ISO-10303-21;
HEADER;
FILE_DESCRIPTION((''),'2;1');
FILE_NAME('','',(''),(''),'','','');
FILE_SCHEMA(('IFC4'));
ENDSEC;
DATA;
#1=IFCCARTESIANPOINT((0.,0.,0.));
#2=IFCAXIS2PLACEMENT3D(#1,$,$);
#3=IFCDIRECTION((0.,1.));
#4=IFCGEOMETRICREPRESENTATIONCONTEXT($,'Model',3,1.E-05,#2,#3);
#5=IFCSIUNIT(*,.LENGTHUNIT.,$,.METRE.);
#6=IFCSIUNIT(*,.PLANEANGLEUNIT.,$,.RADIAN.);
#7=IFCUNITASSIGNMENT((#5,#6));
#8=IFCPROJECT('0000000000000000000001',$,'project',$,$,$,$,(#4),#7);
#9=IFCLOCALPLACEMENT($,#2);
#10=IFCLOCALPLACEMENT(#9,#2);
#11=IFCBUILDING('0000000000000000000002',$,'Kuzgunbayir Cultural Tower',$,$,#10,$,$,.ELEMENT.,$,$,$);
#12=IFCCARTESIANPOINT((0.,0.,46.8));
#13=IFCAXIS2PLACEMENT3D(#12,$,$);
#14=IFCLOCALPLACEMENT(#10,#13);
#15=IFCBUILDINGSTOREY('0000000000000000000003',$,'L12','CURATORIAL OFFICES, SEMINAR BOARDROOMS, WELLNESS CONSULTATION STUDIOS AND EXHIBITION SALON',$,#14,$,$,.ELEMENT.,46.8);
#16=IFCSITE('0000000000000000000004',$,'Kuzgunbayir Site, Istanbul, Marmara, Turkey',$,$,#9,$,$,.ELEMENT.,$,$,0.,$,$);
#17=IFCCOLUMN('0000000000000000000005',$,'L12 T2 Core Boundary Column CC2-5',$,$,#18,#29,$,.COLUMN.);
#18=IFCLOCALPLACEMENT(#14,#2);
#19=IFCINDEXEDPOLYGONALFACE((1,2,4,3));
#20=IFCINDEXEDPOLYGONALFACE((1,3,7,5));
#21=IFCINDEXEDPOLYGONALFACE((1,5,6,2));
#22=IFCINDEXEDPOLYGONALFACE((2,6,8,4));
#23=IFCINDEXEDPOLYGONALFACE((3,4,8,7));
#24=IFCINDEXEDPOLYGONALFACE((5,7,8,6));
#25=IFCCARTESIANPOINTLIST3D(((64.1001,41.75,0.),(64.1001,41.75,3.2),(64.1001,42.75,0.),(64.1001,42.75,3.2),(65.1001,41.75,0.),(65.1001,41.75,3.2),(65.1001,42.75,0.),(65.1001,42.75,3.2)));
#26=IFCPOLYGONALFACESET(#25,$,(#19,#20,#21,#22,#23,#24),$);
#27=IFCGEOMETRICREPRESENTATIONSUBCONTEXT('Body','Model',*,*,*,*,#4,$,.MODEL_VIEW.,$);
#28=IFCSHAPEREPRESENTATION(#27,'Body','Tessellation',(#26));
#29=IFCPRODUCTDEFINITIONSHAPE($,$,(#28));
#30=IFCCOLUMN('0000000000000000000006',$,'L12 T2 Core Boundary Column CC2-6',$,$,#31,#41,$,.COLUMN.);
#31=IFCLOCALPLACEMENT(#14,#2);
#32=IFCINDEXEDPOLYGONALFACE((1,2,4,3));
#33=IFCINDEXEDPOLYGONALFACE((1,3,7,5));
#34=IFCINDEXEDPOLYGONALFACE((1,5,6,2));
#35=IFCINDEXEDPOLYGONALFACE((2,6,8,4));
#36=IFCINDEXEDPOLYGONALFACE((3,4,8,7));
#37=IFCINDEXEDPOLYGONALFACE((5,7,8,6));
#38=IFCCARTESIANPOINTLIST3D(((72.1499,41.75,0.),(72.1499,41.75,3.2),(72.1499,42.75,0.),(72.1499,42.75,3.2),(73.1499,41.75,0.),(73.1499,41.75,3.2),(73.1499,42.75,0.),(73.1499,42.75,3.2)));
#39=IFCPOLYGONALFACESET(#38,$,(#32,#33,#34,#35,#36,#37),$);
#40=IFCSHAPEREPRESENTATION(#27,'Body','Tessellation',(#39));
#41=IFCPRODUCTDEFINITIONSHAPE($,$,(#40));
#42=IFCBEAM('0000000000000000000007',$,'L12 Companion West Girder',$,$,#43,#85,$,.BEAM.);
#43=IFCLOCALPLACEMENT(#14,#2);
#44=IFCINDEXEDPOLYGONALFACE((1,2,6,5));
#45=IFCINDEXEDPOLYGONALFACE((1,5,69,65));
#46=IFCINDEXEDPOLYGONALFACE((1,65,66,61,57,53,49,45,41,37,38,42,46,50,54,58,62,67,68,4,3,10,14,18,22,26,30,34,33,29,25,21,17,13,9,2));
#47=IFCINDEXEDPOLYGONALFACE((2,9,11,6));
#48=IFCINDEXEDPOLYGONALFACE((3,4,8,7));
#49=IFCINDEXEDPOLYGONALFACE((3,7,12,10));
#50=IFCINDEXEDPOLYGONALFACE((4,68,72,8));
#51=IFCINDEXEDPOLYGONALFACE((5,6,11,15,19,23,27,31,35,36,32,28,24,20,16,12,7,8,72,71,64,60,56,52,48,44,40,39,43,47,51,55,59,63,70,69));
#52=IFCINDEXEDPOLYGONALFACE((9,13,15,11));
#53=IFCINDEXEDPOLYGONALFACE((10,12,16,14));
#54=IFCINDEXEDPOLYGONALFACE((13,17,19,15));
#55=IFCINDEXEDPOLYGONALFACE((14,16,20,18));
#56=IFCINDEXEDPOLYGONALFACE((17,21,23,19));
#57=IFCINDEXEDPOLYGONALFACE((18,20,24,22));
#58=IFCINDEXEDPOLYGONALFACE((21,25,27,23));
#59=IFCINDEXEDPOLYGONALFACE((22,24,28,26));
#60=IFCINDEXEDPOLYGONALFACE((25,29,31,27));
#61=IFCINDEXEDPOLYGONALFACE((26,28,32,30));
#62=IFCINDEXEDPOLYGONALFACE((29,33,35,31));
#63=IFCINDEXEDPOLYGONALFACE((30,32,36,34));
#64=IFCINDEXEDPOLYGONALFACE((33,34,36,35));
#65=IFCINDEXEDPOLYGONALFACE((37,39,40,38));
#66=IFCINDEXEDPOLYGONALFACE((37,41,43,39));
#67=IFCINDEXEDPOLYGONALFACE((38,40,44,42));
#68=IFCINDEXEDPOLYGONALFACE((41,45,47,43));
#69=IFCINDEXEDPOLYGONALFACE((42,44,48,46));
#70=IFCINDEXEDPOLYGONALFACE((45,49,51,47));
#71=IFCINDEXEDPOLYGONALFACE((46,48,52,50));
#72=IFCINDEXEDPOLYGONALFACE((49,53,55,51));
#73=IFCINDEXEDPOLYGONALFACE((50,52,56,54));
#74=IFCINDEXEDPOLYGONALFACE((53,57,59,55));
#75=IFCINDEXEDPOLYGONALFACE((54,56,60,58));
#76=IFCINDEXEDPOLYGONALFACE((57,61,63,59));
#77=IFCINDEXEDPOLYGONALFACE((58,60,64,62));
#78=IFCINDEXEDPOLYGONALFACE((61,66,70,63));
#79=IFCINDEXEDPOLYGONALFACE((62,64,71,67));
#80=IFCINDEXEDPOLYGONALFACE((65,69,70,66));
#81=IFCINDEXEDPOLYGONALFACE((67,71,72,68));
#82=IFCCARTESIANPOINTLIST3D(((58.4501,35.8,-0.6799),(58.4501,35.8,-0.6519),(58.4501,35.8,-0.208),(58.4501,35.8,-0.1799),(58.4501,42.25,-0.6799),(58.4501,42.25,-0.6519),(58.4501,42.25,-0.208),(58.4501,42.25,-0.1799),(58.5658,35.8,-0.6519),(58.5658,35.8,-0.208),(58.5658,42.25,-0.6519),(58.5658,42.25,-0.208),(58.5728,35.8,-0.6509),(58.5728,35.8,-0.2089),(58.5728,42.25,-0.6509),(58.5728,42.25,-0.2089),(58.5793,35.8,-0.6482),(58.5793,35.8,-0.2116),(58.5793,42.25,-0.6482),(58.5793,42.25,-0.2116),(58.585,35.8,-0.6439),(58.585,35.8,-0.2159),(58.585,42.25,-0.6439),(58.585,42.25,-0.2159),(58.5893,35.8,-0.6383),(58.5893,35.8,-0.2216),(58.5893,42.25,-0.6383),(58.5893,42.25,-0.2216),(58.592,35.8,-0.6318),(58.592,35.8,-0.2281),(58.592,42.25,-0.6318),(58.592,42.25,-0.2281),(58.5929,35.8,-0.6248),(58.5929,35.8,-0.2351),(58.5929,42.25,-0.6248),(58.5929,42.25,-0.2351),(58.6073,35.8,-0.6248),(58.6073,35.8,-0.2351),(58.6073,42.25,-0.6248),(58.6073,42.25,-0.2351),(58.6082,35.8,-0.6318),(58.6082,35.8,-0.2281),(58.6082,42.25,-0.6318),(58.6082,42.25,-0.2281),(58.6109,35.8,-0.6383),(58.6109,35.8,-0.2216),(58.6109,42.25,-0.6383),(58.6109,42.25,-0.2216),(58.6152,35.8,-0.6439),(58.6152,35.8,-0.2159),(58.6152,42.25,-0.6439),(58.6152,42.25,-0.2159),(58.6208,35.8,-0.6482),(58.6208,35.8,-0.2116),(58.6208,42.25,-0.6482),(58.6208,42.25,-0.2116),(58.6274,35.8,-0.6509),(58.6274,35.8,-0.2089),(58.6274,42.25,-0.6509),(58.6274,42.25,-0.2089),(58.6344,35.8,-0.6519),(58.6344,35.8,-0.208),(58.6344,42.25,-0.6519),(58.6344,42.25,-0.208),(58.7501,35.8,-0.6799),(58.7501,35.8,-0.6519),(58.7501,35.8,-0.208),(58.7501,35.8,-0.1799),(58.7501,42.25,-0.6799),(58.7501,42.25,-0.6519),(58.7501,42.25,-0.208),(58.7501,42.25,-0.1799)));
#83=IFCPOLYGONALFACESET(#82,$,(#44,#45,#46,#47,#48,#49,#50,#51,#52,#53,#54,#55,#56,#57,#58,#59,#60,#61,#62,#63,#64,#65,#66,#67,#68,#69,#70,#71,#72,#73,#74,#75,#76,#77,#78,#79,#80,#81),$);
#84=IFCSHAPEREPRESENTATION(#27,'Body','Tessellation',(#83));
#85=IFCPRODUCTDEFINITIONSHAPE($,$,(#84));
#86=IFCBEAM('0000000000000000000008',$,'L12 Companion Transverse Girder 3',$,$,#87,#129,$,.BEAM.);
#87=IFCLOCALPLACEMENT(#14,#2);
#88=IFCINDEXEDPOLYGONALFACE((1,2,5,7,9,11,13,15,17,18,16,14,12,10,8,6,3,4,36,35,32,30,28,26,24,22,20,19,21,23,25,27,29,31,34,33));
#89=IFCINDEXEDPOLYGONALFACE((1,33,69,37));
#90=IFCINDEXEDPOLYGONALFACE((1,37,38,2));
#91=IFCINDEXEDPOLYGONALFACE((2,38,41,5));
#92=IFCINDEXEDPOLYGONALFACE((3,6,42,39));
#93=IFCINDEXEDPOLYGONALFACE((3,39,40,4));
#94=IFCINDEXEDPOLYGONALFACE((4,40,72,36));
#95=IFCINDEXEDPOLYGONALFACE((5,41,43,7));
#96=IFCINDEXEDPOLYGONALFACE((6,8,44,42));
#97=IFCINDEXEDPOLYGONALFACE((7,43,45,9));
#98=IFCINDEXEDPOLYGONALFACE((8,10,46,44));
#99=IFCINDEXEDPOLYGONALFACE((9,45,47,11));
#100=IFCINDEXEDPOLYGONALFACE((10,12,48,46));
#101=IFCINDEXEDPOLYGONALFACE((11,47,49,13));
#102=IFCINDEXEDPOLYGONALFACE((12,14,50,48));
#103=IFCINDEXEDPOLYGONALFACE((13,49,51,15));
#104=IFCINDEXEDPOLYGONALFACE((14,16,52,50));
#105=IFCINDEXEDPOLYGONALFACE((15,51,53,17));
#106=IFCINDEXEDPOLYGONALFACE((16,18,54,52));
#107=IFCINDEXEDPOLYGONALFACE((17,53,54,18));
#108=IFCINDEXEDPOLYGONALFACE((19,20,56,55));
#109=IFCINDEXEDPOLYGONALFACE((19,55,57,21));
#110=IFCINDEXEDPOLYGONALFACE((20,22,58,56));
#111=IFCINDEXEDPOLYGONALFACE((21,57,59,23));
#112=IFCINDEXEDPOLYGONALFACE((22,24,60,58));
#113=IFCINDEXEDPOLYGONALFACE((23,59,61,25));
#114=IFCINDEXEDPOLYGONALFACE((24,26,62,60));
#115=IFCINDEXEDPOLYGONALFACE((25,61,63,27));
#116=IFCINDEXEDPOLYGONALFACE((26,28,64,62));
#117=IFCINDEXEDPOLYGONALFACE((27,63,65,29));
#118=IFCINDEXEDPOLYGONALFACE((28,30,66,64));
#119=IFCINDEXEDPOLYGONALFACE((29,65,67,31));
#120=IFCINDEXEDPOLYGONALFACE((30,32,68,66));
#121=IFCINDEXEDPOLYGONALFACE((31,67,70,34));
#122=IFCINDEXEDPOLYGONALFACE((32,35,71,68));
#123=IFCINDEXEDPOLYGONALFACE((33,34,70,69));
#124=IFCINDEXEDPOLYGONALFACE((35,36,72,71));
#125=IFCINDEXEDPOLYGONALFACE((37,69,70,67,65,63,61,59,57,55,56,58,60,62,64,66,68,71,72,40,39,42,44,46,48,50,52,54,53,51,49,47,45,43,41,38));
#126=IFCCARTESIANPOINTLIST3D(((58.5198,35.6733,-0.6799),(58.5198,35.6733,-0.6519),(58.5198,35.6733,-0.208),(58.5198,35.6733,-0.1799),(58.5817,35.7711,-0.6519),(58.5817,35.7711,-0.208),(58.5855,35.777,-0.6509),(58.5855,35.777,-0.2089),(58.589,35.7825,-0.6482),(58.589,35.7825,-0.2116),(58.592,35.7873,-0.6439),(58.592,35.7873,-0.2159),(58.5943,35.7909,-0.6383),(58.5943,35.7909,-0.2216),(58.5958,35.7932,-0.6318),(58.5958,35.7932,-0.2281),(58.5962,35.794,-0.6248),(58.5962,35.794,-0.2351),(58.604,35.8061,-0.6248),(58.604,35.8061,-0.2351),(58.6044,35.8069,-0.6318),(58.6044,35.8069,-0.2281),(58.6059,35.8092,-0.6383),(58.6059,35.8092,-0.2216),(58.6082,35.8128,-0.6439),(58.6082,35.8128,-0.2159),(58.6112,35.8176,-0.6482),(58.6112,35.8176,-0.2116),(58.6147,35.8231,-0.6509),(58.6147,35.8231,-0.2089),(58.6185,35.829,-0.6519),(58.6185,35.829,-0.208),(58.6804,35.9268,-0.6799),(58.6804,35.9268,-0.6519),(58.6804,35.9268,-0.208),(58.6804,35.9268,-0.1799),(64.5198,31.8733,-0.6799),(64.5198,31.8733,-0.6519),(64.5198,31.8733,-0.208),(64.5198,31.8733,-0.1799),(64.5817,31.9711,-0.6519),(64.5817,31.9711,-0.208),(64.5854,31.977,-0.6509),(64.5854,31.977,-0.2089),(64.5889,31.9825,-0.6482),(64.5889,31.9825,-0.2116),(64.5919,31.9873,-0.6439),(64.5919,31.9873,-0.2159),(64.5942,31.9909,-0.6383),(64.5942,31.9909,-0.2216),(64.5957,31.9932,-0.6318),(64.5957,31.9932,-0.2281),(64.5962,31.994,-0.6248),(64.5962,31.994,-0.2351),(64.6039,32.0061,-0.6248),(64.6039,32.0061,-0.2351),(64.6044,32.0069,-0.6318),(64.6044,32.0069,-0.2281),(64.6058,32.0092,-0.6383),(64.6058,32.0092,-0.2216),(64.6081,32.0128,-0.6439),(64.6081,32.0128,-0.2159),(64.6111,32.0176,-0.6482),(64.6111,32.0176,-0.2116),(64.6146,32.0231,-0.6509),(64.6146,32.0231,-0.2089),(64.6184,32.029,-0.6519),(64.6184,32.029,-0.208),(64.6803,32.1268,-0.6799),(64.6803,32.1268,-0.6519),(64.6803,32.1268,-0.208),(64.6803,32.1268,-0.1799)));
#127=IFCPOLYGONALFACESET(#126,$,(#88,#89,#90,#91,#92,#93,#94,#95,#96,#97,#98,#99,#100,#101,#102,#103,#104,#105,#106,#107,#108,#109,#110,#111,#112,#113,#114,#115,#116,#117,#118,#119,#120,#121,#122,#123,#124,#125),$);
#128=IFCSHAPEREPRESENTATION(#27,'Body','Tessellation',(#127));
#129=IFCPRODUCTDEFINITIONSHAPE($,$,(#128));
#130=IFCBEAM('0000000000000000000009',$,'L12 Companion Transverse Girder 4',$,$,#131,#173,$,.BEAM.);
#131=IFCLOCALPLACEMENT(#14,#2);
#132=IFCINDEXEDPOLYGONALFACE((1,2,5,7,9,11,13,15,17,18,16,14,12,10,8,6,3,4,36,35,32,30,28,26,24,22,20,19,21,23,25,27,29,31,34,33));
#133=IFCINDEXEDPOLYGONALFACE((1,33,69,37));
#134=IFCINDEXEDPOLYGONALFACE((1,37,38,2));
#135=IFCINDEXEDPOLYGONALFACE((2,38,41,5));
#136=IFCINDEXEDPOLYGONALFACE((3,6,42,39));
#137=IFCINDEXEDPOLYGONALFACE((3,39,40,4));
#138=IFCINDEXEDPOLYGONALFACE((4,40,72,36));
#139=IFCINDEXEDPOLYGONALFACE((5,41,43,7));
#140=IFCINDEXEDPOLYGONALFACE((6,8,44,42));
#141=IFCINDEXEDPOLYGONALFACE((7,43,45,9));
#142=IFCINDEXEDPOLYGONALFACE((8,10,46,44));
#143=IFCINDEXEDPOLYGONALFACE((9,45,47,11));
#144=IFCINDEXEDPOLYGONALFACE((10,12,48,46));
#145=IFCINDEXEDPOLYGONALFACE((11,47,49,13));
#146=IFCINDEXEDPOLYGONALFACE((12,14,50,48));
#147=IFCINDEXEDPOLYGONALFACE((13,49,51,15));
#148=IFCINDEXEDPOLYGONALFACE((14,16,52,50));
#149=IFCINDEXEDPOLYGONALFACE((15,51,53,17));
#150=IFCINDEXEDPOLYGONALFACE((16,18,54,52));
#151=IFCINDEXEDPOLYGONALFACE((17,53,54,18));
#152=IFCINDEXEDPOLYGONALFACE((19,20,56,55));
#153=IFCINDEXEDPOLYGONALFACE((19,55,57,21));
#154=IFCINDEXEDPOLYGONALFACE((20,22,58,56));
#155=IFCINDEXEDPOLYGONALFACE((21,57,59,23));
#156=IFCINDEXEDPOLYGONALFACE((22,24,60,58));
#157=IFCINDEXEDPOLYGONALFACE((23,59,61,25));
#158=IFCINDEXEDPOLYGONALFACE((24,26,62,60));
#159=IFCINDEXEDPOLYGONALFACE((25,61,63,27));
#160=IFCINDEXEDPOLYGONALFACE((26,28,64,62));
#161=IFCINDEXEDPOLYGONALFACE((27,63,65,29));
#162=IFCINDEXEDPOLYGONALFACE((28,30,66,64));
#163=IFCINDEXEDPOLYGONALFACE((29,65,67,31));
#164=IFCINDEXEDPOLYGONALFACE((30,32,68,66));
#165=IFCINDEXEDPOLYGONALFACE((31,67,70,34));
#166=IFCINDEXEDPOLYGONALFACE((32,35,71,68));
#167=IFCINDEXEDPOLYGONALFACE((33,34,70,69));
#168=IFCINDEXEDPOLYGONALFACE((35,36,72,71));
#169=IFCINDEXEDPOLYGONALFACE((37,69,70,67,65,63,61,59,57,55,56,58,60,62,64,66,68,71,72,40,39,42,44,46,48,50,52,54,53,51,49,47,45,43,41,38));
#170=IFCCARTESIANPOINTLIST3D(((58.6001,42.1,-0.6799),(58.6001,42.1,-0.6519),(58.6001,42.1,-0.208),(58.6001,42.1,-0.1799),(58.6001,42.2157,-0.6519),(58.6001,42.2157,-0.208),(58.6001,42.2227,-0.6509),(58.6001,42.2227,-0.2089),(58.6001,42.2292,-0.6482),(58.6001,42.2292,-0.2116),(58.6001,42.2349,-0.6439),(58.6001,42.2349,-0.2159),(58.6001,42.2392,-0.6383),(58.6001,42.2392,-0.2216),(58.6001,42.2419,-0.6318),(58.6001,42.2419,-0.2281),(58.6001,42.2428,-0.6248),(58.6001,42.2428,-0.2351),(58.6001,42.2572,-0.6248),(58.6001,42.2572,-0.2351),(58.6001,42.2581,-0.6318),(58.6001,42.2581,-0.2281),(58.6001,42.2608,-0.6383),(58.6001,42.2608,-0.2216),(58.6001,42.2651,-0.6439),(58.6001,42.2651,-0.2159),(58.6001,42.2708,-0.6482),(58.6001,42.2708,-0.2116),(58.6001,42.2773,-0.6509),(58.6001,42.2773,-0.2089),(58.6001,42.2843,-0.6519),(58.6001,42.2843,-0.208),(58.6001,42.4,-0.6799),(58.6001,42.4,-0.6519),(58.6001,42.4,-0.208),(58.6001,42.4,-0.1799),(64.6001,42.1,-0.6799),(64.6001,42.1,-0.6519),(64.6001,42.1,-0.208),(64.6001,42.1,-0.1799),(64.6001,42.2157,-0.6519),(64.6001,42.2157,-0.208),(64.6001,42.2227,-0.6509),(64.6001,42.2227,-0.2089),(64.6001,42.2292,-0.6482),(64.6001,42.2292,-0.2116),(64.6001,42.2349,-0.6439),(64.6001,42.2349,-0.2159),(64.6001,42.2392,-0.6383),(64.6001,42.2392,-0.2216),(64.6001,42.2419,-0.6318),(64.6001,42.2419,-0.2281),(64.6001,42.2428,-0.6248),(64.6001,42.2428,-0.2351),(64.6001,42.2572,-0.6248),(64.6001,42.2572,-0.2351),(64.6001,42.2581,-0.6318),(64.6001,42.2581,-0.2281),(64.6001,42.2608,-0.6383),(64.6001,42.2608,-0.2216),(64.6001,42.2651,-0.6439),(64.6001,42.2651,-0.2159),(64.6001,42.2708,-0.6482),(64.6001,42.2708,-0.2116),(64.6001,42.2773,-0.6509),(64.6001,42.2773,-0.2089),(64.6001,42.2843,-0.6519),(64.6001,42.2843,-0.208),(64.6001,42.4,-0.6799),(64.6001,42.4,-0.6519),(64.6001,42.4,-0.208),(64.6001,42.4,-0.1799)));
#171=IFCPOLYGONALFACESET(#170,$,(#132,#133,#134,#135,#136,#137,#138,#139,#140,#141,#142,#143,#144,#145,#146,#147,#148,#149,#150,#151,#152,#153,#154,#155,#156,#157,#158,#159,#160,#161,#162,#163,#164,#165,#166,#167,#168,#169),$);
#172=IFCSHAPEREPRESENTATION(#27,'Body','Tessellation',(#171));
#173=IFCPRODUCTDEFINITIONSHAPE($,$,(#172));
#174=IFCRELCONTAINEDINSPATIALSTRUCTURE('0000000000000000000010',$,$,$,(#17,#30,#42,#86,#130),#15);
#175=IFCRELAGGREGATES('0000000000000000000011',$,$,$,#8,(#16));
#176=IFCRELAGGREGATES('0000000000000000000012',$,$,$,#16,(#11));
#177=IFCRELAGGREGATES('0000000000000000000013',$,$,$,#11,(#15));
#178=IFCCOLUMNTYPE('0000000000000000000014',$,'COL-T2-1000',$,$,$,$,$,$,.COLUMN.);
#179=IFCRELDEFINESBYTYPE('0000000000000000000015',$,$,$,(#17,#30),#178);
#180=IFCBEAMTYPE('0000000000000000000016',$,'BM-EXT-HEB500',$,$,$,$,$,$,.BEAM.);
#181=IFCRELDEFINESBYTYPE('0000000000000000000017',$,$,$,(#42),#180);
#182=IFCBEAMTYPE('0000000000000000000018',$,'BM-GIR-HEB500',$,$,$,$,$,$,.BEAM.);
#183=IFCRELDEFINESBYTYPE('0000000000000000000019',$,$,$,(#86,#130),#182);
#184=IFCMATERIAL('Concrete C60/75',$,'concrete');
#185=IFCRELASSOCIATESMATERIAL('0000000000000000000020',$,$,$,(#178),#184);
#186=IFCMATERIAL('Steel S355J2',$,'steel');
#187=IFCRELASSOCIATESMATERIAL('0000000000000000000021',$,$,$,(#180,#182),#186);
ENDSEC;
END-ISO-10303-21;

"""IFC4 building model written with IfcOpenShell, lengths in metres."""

from ifc_helpers import new_model, si_unit, direction, frame, origin, origin_2d, place, context, subcontext, project, spatial, rectangle, i_section, extrude, material, material_profile, profile_set, type_object, element, save


model = new_model("IFC4")

# Units and contexts
model_context = context("Model", 3, precision=1e-05, world=origin(), true_north=direction((0.0, 1.0)))
body_context = subcontext(model_context, "Body", "Model", "MODEL_VIEW")
ifc_project = project(units=[si_unit("LENGTHUNIT", "METRE"), si_unit("PLANEANGLEUNIT", "RADIAN")], contexts=[model_context])

# Site, building, storey
site_placement = place(None, origin())
site = spatial("IfcSite", under=ifc_project, at=site_placement, Name="Kuzgunbayir Site, Istanbul, Marmara, Turkey", CompositionType="ELEMENT", RefElevation=0.0)
building_placement = place(site_placement, origin())
building = spatial("IfcBuilding", under=site, at=building_placement, Name="Kuzgunbayir Cultural Tower", CompositionType="ELEMENT")
storey_placement = place(building_placement, frame((0.0, 0.0, 46.8)))
storey = spatial("IfcBuildingStorey", under=building, at=storey_placement, Name="L12", Description="CURATORIAL OFFICES, SEMINAR BOARDROOMS, WELLNESS CONSULTATION STUDIOS AND EXHIBITION SALON", CompositionType="ELEMENT", Elevation=46.8)

# Columns
ifc_material_1 = material(Name="Concrete C60/75", Category="concrete")
ifc_material_profile_1 = material_profile(ifc_material_1, rectangle(XDim=1.0, YDim=1.0, at=origin_2d()), Name="RC 1000x1000")
ifc_profile_set_1 = profile_set([ifc_material_profile_1], Name="Concrete C60/75")
column_type = type_object("IfcColumnType", Name="COL-T2-1000", PredefinedType="COLUMN", material=ifc_profile_set_1)
for number, where, z_axis, x_axis, name in (
    (1, (64.6001, 42.25, 0.0), (0.0, 0.0, 1.0), (1.0, 0.0, 0.0), "L12 T2 Core Boundary Column CC2-5"),
    (2, (72.6499, 42.25, 0.0), (0.0, 0.0, 1.0), (1.0, 0.0, 0.0), "L12 T2 Core Boundary Column CC2-6"),
):
    element("IfcColumn", number, at=place(storey_placement, frame(where, z_axis=z_axis, x_axis=x_axis)), inside=storey, type_object=column_type, Name=name, PredefinedType="COLUMN", context=body_context, shape_type="SweptSolid", body=[
        extrude(rectangle(XDim=1.0, YDim=1.0, at=origin_2d()), origin(), (0.0, 0.0, 1.0), 3.2),
    ])

# Beams
ifc_material_2 = material(Name="Steel S355J2", Category="steel")
ifc_material_profile_2 = material_profile(ifc_material_2, i_section(OverallWidth=0.3, OverallDepth=0.5, WebThickness=0.0144, FlangeThickness=0.0281, FilletRadius=0.0271, at=origin_2d()), Name="HEB 500")
ifc_profile_set_2 = profile_set([ifc_material_profile_2], Name="Steel S355J2")
beam_type_1 = type_object("IfcBeamType", Name="BM-EXT-HEB500", PredefinedType="BEAM", material=ifc_profile_set_2)
beam_1_placement = place(storey_placement, frame((58.6001, 35.8, -0.4299), z_axis=(0.0, 1.0, 0.0), x_axis=(-1.0, 0.0, 0.0)))
element("IfcBeam", 3, at=beam_1_placement, inside=storey, type_object=beam_type_1, Name="L12 Companion West Girder", PredefinedType="BEAM", context=body_context, shape_type="SweptSolid", body=[
    extrude(i_section(OverallWidth=0.3, OverallDepth=0.5, WebThickness=0.0144, FlangeThickness=0.0281, FilletRadius=0.0271, at=origin_2d()), origin(), (0.0, 0.0, 1.0), 6.45),
])
ifc_material_profile_3 = material_profile(ifc_material_2, i_section(OverallWidth=0.3, OverallDepth=0.5, WebThickness=0.0144, FlangeThickness=0.0281, FilletRadius=0.0271, at=origin_2d()), Name="HEB 500")
ifc_profile_set_3 = profile_set([ifc_material_profile_3], Name="Steel S355J2")
beam_type_2 = type_object("IfcBeamType", Name="BM-GIR-HEB500", PredefinedType="BEAM", material=ifc_profile_set_3)
beam_2_placement = place(storey_placement, frame((58.6001, 35.8, -0.4299), z_axis=(0.844816, -0.535057, 0.0), x_axis=(0.535057, 0.844816, 0.0)))
element("IfcBeam", 4, at=beam_2_placement, inside=storey, type_object=beam_type_2, Name="L12 Companion Transverse Girder 3", PredefinedType="BEAM", context=body_context, shape_type="SweptSolid", body=[
    extrude(i_section(OverallWidth=0.3, OverallDepth=0.5, WebThickness=0.0144, FlangeThickness=0.0281, FilletRadius=0.0271, at=origin_2d()), origin(), (0.0, 0.0, 1.0), 7.1021),
])
beam_3_placement = place(storey_placement, frame((58.6001, 42.25, -0.4299), z_axis=(1.0, 0.0, 0.0), x_axis=(0.0, 1.0, 0.0)))
element("IfcBeam", 5, at=beam_3_placement, inside=storey, type_object=beam_type_2, Name="L12 Companion Transverse Girder 4", PredefinedType="BEAM", context=body_context, shape_type="SweptSolid", body=[
    extrude(i_section(OverallWidth=0.3, OverallDepth=0.5, WebThickness=0.0144, FlangeThickness=0.0281, FilletRadius=0.0271, at=origin_2d()), origin(), (0.0, 0.0, 1.0), 6.0),
])

save(model, "model.ifc")
